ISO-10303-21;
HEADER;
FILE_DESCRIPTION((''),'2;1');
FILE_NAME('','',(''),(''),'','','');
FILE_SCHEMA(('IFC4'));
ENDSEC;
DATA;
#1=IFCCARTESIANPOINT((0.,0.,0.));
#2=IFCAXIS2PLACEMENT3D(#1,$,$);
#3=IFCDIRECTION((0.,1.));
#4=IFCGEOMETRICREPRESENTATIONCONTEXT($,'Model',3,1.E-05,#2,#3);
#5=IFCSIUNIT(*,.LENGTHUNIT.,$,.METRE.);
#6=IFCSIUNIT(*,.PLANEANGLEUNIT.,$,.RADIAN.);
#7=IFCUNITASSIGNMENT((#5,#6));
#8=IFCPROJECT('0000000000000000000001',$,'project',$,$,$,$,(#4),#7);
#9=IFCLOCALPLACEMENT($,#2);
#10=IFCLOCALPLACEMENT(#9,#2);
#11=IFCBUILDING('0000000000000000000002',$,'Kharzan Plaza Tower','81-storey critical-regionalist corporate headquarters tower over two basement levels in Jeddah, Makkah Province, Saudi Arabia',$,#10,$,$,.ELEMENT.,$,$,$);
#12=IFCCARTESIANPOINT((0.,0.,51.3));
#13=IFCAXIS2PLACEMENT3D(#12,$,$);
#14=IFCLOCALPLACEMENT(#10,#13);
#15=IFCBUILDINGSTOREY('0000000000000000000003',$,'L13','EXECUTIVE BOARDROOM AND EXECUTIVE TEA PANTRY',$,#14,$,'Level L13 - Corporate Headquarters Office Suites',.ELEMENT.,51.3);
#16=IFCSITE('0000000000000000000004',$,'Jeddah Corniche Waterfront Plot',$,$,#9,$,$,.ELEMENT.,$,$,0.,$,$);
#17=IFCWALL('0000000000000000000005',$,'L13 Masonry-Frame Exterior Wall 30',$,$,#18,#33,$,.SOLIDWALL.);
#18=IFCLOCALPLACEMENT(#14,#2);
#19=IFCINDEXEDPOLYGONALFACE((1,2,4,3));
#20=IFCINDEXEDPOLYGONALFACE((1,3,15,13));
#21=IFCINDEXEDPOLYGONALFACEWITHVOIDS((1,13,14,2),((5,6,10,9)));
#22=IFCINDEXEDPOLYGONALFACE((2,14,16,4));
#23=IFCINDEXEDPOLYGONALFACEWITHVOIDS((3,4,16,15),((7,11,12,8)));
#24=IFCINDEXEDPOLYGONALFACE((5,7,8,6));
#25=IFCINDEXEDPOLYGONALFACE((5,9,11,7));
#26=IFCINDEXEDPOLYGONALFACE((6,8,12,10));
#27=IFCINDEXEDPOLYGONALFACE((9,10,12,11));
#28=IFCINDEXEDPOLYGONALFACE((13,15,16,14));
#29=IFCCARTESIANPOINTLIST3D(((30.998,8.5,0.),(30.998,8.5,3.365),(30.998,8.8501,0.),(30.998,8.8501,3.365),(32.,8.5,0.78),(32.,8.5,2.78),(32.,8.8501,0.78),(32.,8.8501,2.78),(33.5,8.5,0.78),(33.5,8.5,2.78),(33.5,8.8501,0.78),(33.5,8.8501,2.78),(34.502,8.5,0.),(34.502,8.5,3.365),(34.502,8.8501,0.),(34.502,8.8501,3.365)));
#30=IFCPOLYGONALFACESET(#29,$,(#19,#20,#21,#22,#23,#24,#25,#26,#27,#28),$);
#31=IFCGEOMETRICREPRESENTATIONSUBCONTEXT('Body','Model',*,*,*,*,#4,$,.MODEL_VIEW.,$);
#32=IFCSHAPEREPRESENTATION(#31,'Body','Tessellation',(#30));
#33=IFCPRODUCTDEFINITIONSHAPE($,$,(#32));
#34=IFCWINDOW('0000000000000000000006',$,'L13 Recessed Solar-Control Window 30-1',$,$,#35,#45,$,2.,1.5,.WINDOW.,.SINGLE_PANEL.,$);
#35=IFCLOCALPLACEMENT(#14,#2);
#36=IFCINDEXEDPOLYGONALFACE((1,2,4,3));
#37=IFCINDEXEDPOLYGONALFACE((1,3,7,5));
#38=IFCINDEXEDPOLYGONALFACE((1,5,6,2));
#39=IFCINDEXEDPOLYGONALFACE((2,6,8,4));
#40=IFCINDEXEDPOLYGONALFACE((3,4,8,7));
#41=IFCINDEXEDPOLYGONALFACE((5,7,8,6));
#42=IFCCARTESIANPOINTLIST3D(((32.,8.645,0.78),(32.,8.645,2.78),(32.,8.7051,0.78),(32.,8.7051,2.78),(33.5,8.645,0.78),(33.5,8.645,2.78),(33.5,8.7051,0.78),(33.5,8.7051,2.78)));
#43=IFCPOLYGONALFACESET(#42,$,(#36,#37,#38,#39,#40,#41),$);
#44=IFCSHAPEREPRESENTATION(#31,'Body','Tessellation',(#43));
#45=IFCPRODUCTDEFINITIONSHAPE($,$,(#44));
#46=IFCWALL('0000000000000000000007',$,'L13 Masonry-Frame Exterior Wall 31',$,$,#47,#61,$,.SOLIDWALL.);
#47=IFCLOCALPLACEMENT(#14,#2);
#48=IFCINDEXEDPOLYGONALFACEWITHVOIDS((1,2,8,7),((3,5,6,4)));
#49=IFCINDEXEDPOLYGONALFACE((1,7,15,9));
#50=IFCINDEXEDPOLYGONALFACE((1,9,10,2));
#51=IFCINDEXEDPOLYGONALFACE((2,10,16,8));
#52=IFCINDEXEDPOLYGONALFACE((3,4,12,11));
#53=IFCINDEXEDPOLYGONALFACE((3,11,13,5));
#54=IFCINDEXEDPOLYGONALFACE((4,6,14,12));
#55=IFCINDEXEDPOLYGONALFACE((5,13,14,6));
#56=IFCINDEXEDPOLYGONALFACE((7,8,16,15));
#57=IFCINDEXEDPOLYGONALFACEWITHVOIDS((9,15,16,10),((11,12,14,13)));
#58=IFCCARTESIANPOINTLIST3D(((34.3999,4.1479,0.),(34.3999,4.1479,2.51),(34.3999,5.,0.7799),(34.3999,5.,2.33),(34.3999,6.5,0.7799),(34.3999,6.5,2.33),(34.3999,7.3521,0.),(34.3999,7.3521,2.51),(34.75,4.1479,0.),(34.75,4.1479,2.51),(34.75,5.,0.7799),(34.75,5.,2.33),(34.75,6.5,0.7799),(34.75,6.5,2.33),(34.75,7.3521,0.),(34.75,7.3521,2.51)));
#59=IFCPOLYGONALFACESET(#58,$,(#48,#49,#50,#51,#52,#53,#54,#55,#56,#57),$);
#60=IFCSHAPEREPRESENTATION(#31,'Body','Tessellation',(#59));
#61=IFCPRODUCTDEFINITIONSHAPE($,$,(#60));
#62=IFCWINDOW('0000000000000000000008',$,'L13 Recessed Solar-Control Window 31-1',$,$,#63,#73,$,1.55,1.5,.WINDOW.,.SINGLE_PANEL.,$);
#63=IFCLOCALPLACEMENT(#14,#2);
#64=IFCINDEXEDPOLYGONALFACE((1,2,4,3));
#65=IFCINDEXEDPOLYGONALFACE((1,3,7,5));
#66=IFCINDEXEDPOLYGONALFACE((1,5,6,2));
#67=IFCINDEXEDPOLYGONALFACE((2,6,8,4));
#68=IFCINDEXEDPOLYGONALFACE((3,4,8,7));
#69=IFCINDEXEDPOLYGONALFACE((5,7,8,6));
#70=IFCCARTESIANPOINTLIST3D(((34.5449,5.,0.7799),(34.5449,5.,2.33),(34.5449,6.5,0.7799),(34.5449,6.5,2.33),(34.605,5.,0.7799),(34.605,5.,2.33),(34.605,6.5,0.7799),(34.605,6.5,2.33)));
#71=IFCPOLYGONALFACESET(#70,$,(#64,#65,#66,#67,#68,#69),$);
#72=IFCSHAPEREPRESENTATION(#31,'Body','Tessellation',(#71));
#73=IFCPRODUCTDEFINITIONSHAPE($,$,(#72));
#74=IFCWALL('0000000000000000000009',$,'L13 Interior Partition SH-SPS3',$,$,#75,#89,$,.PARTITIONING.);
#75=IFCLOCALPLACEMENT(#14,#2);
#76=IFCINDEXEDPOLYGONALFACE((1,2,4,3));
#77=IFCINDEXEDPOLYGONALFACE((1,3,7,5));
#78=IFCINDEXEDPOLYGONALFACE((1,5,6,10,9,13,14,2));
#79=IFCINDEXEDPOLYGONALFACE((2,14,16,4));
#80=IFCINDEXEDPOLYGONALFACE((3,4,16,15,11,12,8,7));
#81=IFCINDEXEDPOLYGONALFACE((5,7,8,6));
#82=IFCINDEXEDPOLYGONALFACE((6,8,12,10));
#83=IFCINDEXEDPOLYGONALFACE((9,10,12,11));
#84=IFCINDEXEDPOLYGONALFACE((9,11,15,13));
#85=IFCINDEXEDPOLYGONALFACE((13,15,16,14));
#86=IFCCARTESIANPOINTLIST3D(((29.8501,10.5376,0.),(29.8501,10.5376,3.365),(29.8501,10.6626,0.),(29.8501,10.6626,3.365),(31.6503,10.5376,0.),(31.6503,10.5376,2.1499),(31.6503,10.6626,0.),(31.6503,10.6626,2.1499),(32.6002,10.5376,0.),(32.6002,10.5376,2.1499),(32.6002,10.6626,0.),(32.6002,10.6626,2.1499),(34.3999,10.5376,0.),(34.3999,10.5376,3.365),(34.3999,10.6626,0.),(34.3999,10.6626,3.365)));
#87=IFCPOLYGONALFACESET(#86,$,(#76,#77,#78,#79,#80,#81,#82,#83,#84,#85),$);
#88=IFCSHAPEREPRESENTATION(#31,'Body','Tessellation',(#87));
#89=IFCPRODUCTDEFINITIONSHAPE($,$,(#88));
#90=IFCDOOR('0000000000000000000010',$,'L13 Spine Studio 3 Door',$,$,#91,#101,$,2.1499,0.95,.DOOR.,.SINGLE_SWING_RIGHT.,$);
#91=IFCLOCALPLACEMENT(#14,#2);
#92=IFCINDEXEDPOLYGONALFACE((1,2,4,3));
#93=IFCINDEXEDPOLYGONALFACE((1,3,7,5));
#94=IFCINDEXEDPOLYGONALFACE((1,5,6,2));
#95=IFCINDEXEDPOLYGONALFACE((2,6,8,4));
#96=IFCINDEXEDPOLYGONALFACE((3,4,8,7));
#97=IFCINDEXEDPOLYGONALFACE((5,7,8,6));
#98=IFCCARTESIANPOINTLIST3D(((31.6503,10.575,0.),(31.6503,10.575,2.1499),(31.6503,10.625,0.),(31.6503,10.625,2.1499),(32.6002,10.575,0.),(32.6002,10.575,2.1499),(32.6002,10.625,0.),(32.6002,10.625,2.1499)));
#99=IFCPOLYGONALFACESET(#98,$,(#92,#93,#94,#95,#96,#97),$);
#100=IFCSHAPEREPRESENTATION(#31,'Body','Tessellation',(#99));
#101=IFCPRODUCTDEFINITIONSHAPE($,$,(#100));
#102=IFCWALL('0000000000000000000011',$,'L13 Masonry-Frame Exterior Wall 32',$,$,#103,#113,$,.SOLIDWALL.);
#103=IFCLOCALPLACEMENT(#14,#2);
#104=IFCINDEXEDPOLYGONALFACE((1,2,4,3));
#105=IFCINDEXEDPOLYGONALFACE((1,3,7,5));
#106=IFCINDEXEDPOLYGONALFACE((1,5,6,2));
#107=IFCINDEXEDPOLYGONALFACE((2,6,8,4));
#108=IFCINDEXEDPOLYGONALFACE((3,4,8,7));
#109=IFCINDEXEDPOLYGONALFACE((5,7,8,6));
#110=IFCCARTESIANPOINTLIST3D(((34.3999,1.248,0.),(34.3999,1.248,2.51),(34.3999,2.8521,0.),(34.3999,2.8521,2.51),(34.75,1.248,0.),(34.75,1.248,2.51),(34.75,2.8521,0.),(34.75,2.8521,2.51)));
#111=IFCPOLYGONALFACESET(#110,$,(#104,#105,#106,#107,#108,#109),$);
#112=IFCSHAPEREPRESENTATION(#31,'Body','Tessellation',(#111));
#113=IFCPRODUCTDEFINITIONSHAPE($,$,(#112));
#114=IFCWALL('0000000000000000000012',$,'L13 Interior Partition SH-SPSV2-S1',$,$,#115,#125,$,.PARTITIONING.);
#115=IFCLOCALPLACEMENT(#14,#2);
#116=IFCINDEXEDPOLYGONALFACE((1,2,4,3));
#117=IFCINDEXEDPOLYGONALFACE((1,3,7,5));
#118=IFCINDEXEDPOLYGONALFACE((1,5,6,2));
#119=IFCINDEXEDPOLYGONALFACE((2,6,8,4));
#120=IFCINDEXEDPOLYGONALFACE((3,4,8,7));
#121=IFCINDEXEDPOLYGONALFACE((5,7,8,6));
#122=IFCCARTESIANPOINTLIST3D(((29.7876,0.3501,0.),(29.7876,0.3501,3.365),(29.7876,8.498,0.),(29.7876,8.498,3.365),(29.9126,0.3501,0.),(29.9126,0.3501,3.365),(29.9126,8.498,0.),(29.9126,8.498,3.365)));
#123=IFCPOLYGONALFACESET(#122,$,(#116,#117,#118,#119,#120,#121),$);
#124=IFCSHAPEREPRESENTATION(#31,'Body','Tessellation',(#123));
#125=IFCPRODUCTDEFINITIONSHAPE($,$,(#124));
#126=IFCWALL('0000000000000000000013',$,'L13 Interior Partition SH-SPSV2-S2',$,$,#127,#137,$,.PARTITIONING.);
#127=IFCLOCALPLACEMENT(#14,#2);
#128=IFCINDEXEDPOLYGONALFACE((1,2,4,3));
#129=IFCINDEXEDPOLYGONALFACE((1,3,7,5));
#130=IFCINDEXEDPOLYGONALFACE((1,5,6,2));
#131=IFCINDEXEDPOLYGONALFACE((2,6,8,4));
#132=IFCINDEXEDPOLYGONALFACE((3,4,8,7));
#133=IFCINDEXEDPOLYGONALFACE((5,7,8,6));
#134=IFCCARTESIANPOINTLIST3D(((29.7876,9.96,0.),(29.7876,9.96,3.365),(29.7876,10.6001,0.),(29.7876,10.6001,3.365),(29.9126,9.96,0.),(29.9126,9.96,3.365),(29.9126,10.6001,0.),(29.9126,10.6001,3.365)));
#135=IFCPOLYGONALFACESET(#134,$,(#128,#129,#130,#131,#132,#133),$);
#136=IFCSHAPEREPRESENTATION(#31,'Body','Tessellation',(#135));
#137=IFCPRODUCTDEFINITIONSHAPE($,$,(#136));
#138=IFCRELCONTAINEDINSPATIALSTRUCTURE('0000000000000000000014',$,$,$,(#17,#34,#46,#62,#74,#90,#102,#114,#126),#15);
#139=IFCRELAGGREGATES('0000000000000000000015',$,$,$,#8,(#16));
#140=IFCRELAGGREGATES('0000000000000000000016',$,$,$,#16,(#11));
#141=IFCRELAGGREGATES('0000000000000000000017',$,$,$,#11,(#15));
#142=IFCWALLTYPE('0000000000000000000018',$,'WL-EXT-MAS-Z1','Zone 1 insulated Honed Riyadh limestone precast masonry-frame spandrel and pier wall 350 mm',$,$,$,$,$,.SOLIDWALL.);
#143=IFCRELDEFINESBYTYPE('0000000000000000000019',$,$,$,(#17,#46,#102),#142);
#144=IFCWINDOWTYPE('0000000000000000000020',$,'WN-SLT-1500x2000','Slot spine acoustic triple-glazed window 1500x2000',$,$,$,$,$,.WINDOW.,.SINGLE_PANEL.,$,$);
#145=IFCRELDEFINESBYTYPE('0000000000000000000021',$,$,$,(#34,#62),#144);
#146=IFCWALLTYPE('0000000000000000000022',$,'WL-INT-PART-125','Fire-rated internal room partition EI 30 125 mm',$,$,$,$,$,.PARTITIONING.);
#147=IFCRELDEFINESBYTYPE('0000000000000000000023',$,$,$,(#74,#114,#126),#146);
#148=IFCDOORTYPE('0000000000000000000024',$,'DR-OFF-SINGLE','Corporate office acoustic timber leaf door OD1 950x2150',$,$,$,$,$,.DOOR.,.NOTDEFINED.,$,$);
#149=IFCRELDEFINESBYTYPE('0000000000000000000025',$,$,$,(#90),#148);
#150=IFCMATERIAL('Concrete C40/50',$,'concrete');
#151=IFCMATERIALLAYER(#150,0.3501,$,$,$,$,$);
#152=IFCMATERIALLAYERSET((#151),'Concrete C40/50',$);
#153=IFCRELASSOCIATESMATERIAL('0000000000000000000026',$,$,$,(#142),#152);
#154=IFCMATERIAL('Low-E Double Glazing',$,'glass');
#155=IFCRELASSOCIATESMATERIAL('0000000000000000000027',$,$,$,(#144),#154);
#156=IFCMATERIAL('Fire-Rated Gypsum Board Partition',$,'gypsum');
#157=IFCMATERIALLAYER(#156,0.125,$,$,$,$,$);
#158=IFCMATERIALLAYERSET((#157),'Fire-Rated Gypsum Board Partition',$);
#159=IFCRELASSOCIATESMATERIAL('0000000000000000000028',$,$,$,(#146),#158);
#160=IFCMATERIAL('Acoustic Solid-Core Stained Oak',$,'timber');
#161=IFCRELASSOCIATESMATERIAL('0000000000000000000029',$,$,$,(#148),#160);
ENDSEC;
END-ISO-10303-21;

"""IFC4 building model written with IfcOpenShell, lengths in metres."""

from ifc_helpers import new_model, si_unit, direction, frame, frame_2d, origin, place, context, subcontext, project, spatial, rectangle, extrude, source, transform, mapped, material, layer, layer_set, type_object, element, fill, save


model = new_model("IFC4")

# Units and contexts
model_context = context("Model", 3, precision=1e-05, world=origin(), true_north=direction((0.0, 1.0)))
body_context = subcontext(model_context, "Body", "Model", "MODEL_VIEW")
ifc_project = project(units=[si_unit("LENGTHUNIT", "METRE"), si_unit("PLANEANGLEUNIT", "RADIAN")], contexts=[model_context])

# Site, building, storey
site_placement = place(None, origin())
site = spatial("IfcSite", under=ifc_project, at=site_placement, Name="Jeddah Corniche Waterfront Plot", CompositionType="ELEMENT", RefElevation=0.0)
building_placement = place(site_placement, origin())
building = spatial("IfcBuilding", under=site, at=building_placement, Name="Kharzan Plaza Tower", Description="81-storey critical-regionalist corporate headquarters tower over two basement levels in Jeddah, Makkah Province, Saudi Arabia", CompositionType="ELEMENT")
storey_placement = place(building_placement, frame((0.0, 0.0, 51.3)))
storey = spatial("IfcBuildingStorey", under=building, at=storey_placement, Name="L13", Description="EXECUTIVE BOARDROOM AND EXECUTIVE TEA PANTRY", LongName="Level L13 - Corporate Headquarters Office Suites", CompositionType="ELEMENT", Elevation=51.3)

# Walls, openings, windows
ifc_material_1 = material(Name="Concrete C40/50", Category="concrete")
ifc_layer_1 = layer(ifc_material_1, 0.3501)
ifc_layer_set_1 = layer_set([ifc_layer_1], Name="Concrete C40/50")
wall_type_1 = type_object("IfcWallType", Name="WL-EXT-MAS-Z1", Description="Zone 1 insulated Honed Riyadh limestone precast masonry-frame spandrel and pier wall 350 mm", PredefinedType="SOLIDWALL", material=ifc_layer_set_1)
wall_1_placement = place(storey_placement, frame((30.998, 8.675, 0.0), z_axis=(0.0, 0.0, 1.0), x_axis=(1.0, 0.0, 0.0)))
wall_1 = element("IfcWall", 1, at=wall_1_placement, inside=storey, type_object=wall_type_1, Name="L13 Masonry-Frame Exterior Wall 30", PredefinedType="SOLIDWALL", context=body_context, shape_type="SweptSolid", body=[
    extrude(rectangle(XDim=3.5039, YDim=0.3501, at=frame_2d((1.752, 0.0))), origin(), (0.0, 0.0, 1.0), 3.365),
])
opening_1_placement = place(wall_1_placement, frame((1.002, 0.0, 0.78)))
opening_1 = element("IfcOpeningElement", 2, at=opening_1_placement, cuts=wall_1, PredefinedType="OPENING", context=body_context, shape_type="SweptSolid", body=[
    extrude(rectangle(XDim=1.5, YDim=2.0, at=frame_2d((0.75, 1.0))), frame((0.0, 0.1851, 0.0), z_axis=(0.0, -1.0, 0.0), x_axis=(1.0, 0.0, 0.0)), (0.0, 0.0, 1.0), 0.3701),
])
ifc_material_2 = material(Name="Low-E Double Glazing", Category="glass")
window_type = type_object("IfcWindowType", Name="WN-SLT-1500x2000", Description="Slot spine acoustic triple-glazed window 1500x2000", PartitioningType="SINGLE_PANEL", PredefinedType="WINDOW", material=ifc_material_2)
shared_shape_1 = source(origin(), body_context, "Body", "SweptSolid", [
    extrude(rectangle(XDim=1.5, YDim=2.0, at=frame_2d((0.75, 1.0))), frame((0.0, 0.03, 0.0), z_axis=(0.0, -1.0, 0.0), x_axis=(1.0, 0.0, 0.0)), (0.0, 0.0, 1.0), 0.0601),
])
window_1_placement = place(opening_1_placement, origin())
window_1 = element("IfcWindow", 3, at=window_1_placement, inside=storey, type_object=window_type, Name="L13 Recessed Solar-Control Window 30-1", OverallHeight=2.0, OverallWidth=1.5, PartitioningType="SINGLE_PANEL", PredefinedType="WINDOW", context=body_context, shape_type="MappedRepresentation", body=[
    mapped(shared_shape_1, transform((0.0, 0.0, 0.0), x_axis=(1.0, 0.0, 0.0), y_axis=(0.0, 1.0, 0.0), z_axis=(0.0, 0.0, 1.0))),
])
fill(opening_1, window_1)
wall_2_placement = place(storey_placement, frame((34.575, 7.3521, 0.0), z_axis=(0.0, 0.0, 1.0), x_axis=(0.0, -1.0, 0.0)))
wall_2 = element("IfcWall", 4, at=wall_2_placement, inside=storey, type_object=wall_type_1, Name="L13 Masonry-Frame Exterior Wall 31", PredefinedType="SOLIDWALL", context=body_context, shape_type="SweptSolid", body=[
    extrude(rectangle(XDim=3.2041, YDim=0.3501, at=frame_2d((1.6021, 0.0))), origin(), (0.0, 0.0, 1.0), 2.51),
])
opening_2_placement = place(wall_2_placement, frame((0.8521, 0.0, 0.78)))
opening_2 = element("IfcOpeningElement", 5, at=opening_2_placement, cuts=wall_2, PredefinedType="OPENING", context=body_context, shape_type="SweptSolid", body=[
    extrude(rectangle(XDim=1.5, YDim=1.55, at=frame_2d((0.75, 0.7749))), frame((0.0, 0.1851, 0.0), z_axis=(0.0, -1.0, 0.0), x_axis=(1.0, 0.0, 0.0)), (0.0, 0.0, 1.0), 0.3701),
])
shared_shape_2 = source(origin(), body_context, "Body", "SweptSolid", [
    extrude(rectangle(XDim=1.5, YDim=1.55, at=frame_2d((0.75, 0.7749))), frame((0.0, 0.03, 0.0), z_axis=(0.0, -1.0, 0.0), x_axis=(1.0, 0.0, 0.0)), (0.0, 0.0, 1.0), 0.0601),
])
window_2_placement = place(opening_2_placement, origin())
window_2 = element("IfcWindow", 6, at=window_2_placement, inside=storey, type_object=window_type, Name="L13 Recessed Solar-Control Window 31-1", OverallHeight=1.55, OverallWidth=1.5, PartitioningType="SINGLE_PANEL", PredefinedType="WINDOW", context=body_context, shape_type="MappedRepresentation", body=[
    mapped(shared_shape_2, transform((0.0, 0.0, 0.0), x_axis=(1.0, 0.0, 0.0), y_axis=(0.0, 1.0, 0.0), z_axis=(0.0, 0.0, 1.0))),
])
fill(opening_2, window_2)

# Wall, opening, door
ifc_material_3 = material(Name="Fire-Rated Gypsum Board Partition", Category="gypsum")
ifc_layer_2 = layer(ifc_material_3, 0.125)
ifc_layer_set_2 = layer_set([ifc_layer_2], Name="Fire-Rated Gypsum Board Partition")
wall_type_2 = type_object("IfcWallType", Name="WL-INT-PART-125", Description="Fire-rated internal room partition EI 30 125 mm", PredefinedType="PARTITIONING", material=ifc_layer_set_2)
wall_3_placement = place(storey_placement, frame((29.8501, 10.6001, 0.0), z_axis=(0.0, 0.0, 1.0), x_axis=(1.0, 0.0, 0.0)))
wall_3 = element("IfcWall", 7, at=wall_3_placement, inside=storey, type_object=wall_type_2, Name="L13 Interior Partition SH-SPS3", PredefinedType="PARTITIONING", context=body_context, shape_type="SweptSolid", body=[
    extrude(rectangle(XDim=4.5498, YDim=0.125, at=frame_2d((2.2749, 0.0))), origin(), (0.0, 0.0, 1.0), 3.365),
])
opening_3_placement = place(wall_3_placement, frame((1.8, 0.0, 0.0)))
opening_3 = element("IfcOpeningElement", 8, at=opening_3_placement, cuts=wall_3, PredefinedType="OPENING", context=body_context, shape_type="SweptSolid", body=[
    extrude(rectangle(XDim=0.95, YDim=2.1499, at=frame_2d((0.4751, 1.075))), frame((0.0, 0.0725, 0.0), z_axis=(0.0, -1.0, 0.0), x_axis=(1.0, 0.0, 0.0)), (0.0, 0.0, 1.0), 0.145),
])
ifc_material_4 = material(Name="Acoustic Solid-Core Stained Oak", Category="timber")
door_type = type_object("IfcDoorType", Name="DR-OFF-SINGLE", Description="Corporate office acoustic timber leaf door OD1 950x2150", OperationType="NOTDEFINED", PredefinedType="DOOR", material=ifc_material_4)
shared_shape_3 = source(origin(), body_context, "Body", "SweptSolid", [
    extrude(rectangle(XDim=0.95, YDim=2.1499, at=frame_2d((0.4751, 1.075))), frame((0.0, 0.0249, 0.0), z_axis=(0.0, -1.0, 0.0), x_axis=(1.0, 0.0, 0.0)), (0.0, 0.0, 1.0), 0.05),
])
door_placement = place(opening_3_placement, origin())
door = element("IfcDoor", 9, at=door_placement, inside=storey, type_object=door_type, Name="L13 Spine Studio 3 Door", OperationType="SINGLE_SWING_RIGHT", OverallHeight=2.1499, OverallWidth=0.95, PredefinedType="DOOR", context=body_context, shape_type="MappedRepresentation", body=[
    mapped(shared_shape_3, transform((0.0, 0.0, 0.0), x_axis=(1.0, 0.0, 0.0), y_axis=(0.0, 1.0, 0.0), z_axis=(0.0, 0.0, 1.0))),
])
fill(opening_3, door)

# Walls
shared_shape_4 = source(origin(), body_context, "Body", "SweptSolid", [
    extrude(rectangle(XDim=1.604, YDim=0.3501, at=frame_2d((0.802, 0.0))), origin(), (0.0, 0.0, 1.0), 2.51),
])
wall_4_placement = place(storey_placement, frame((34.575, 2.8521, 0.0), z_axis=(0.0, 0.0, 1.0), x_axis=(0.0, -1.0, 0.0)))
element("IfcWall", 10, at=wall_4_placement, inside=storey, type_object=wall_type_1, Name="L13 Masonry-Frame Exterior Wall 32", PredefinedType="SOLIDWALL", context=body_context, shape_type="MappedRepresentation", body=[
    mapped(shared_shape_4, transform((0.0, 0.0, 0.0), x_axis=(1.0, 0.0, 0.0), y_axis=(0.0, 1.0, 0.0), z_axis=(0.0, 0.0, 1.0))),
])
shared_shape_5 = source(origin(), body_context, "Body", "SweptSolid", [
    extrude(rectangle(XDim=8.1479, YDim=0.125, at=frame_2d((4.074, 0.0))), origin(), (0.0, 0.0, 1.0), 3.365),
])
wall_5_placement = place(storey_placement, frame((29.8501, 0.3501, 0.0), z_axis=(0.0, 0.0, 1.0), x_axis=(0.0, 1.0, 0.0)))
element("IfcWall", 11, at=wall_5_placement, inside=storey, type_object=wall_type_2, Name="L13 Interior Partition SH-SPSV2-S1", PredefinedType="PARTITIONING", context=body_context, shape_type="MappedRepresentation", body=[
    mapped(shared_shape_5, transform((0.0, 0.0, 0.0), x_axis=(1.0, 0.0, 0.0), y_axis=(0.0, 1.0, 0.0), z_axis=(0.0, 0.0, 1.0))),
])
shared_shape_6 = source(origin(), body_context, "Body", "SweptSolid", [
    extrude(rectangle(XDim=0.6401, YDim=0.125, at=frame_2d((0.3201, 0.0))), origin(), (0.0, 0.0, 1.0), 3.365),
])
wall_6_placement = place(storey_placement, frame((29.8501, 9.96, 0.0), z_axis=(0.0, 0.0, 1.0), x_axis=(0.0, 1.0, 0.0)))
element("IfcWall", 12, at=wall_6_placement, inside=storey, type_object=wall_type_2, Name="L13 Interior Partition SH-SPSV2-S2", PredefinedType="PARTITIONING", context=body_context, shape_type="MappedRepresentation", body=[
    mapped(shared_shape_6, transform((0.0, 0.0, 0.0), x_axis=(1.0, 0.0, 0.0), y_axis=(0.0, 1.0, 0.0), z_axis=(0.0, 0.0, 1.0))),
])

save(model, "model.ifc")
